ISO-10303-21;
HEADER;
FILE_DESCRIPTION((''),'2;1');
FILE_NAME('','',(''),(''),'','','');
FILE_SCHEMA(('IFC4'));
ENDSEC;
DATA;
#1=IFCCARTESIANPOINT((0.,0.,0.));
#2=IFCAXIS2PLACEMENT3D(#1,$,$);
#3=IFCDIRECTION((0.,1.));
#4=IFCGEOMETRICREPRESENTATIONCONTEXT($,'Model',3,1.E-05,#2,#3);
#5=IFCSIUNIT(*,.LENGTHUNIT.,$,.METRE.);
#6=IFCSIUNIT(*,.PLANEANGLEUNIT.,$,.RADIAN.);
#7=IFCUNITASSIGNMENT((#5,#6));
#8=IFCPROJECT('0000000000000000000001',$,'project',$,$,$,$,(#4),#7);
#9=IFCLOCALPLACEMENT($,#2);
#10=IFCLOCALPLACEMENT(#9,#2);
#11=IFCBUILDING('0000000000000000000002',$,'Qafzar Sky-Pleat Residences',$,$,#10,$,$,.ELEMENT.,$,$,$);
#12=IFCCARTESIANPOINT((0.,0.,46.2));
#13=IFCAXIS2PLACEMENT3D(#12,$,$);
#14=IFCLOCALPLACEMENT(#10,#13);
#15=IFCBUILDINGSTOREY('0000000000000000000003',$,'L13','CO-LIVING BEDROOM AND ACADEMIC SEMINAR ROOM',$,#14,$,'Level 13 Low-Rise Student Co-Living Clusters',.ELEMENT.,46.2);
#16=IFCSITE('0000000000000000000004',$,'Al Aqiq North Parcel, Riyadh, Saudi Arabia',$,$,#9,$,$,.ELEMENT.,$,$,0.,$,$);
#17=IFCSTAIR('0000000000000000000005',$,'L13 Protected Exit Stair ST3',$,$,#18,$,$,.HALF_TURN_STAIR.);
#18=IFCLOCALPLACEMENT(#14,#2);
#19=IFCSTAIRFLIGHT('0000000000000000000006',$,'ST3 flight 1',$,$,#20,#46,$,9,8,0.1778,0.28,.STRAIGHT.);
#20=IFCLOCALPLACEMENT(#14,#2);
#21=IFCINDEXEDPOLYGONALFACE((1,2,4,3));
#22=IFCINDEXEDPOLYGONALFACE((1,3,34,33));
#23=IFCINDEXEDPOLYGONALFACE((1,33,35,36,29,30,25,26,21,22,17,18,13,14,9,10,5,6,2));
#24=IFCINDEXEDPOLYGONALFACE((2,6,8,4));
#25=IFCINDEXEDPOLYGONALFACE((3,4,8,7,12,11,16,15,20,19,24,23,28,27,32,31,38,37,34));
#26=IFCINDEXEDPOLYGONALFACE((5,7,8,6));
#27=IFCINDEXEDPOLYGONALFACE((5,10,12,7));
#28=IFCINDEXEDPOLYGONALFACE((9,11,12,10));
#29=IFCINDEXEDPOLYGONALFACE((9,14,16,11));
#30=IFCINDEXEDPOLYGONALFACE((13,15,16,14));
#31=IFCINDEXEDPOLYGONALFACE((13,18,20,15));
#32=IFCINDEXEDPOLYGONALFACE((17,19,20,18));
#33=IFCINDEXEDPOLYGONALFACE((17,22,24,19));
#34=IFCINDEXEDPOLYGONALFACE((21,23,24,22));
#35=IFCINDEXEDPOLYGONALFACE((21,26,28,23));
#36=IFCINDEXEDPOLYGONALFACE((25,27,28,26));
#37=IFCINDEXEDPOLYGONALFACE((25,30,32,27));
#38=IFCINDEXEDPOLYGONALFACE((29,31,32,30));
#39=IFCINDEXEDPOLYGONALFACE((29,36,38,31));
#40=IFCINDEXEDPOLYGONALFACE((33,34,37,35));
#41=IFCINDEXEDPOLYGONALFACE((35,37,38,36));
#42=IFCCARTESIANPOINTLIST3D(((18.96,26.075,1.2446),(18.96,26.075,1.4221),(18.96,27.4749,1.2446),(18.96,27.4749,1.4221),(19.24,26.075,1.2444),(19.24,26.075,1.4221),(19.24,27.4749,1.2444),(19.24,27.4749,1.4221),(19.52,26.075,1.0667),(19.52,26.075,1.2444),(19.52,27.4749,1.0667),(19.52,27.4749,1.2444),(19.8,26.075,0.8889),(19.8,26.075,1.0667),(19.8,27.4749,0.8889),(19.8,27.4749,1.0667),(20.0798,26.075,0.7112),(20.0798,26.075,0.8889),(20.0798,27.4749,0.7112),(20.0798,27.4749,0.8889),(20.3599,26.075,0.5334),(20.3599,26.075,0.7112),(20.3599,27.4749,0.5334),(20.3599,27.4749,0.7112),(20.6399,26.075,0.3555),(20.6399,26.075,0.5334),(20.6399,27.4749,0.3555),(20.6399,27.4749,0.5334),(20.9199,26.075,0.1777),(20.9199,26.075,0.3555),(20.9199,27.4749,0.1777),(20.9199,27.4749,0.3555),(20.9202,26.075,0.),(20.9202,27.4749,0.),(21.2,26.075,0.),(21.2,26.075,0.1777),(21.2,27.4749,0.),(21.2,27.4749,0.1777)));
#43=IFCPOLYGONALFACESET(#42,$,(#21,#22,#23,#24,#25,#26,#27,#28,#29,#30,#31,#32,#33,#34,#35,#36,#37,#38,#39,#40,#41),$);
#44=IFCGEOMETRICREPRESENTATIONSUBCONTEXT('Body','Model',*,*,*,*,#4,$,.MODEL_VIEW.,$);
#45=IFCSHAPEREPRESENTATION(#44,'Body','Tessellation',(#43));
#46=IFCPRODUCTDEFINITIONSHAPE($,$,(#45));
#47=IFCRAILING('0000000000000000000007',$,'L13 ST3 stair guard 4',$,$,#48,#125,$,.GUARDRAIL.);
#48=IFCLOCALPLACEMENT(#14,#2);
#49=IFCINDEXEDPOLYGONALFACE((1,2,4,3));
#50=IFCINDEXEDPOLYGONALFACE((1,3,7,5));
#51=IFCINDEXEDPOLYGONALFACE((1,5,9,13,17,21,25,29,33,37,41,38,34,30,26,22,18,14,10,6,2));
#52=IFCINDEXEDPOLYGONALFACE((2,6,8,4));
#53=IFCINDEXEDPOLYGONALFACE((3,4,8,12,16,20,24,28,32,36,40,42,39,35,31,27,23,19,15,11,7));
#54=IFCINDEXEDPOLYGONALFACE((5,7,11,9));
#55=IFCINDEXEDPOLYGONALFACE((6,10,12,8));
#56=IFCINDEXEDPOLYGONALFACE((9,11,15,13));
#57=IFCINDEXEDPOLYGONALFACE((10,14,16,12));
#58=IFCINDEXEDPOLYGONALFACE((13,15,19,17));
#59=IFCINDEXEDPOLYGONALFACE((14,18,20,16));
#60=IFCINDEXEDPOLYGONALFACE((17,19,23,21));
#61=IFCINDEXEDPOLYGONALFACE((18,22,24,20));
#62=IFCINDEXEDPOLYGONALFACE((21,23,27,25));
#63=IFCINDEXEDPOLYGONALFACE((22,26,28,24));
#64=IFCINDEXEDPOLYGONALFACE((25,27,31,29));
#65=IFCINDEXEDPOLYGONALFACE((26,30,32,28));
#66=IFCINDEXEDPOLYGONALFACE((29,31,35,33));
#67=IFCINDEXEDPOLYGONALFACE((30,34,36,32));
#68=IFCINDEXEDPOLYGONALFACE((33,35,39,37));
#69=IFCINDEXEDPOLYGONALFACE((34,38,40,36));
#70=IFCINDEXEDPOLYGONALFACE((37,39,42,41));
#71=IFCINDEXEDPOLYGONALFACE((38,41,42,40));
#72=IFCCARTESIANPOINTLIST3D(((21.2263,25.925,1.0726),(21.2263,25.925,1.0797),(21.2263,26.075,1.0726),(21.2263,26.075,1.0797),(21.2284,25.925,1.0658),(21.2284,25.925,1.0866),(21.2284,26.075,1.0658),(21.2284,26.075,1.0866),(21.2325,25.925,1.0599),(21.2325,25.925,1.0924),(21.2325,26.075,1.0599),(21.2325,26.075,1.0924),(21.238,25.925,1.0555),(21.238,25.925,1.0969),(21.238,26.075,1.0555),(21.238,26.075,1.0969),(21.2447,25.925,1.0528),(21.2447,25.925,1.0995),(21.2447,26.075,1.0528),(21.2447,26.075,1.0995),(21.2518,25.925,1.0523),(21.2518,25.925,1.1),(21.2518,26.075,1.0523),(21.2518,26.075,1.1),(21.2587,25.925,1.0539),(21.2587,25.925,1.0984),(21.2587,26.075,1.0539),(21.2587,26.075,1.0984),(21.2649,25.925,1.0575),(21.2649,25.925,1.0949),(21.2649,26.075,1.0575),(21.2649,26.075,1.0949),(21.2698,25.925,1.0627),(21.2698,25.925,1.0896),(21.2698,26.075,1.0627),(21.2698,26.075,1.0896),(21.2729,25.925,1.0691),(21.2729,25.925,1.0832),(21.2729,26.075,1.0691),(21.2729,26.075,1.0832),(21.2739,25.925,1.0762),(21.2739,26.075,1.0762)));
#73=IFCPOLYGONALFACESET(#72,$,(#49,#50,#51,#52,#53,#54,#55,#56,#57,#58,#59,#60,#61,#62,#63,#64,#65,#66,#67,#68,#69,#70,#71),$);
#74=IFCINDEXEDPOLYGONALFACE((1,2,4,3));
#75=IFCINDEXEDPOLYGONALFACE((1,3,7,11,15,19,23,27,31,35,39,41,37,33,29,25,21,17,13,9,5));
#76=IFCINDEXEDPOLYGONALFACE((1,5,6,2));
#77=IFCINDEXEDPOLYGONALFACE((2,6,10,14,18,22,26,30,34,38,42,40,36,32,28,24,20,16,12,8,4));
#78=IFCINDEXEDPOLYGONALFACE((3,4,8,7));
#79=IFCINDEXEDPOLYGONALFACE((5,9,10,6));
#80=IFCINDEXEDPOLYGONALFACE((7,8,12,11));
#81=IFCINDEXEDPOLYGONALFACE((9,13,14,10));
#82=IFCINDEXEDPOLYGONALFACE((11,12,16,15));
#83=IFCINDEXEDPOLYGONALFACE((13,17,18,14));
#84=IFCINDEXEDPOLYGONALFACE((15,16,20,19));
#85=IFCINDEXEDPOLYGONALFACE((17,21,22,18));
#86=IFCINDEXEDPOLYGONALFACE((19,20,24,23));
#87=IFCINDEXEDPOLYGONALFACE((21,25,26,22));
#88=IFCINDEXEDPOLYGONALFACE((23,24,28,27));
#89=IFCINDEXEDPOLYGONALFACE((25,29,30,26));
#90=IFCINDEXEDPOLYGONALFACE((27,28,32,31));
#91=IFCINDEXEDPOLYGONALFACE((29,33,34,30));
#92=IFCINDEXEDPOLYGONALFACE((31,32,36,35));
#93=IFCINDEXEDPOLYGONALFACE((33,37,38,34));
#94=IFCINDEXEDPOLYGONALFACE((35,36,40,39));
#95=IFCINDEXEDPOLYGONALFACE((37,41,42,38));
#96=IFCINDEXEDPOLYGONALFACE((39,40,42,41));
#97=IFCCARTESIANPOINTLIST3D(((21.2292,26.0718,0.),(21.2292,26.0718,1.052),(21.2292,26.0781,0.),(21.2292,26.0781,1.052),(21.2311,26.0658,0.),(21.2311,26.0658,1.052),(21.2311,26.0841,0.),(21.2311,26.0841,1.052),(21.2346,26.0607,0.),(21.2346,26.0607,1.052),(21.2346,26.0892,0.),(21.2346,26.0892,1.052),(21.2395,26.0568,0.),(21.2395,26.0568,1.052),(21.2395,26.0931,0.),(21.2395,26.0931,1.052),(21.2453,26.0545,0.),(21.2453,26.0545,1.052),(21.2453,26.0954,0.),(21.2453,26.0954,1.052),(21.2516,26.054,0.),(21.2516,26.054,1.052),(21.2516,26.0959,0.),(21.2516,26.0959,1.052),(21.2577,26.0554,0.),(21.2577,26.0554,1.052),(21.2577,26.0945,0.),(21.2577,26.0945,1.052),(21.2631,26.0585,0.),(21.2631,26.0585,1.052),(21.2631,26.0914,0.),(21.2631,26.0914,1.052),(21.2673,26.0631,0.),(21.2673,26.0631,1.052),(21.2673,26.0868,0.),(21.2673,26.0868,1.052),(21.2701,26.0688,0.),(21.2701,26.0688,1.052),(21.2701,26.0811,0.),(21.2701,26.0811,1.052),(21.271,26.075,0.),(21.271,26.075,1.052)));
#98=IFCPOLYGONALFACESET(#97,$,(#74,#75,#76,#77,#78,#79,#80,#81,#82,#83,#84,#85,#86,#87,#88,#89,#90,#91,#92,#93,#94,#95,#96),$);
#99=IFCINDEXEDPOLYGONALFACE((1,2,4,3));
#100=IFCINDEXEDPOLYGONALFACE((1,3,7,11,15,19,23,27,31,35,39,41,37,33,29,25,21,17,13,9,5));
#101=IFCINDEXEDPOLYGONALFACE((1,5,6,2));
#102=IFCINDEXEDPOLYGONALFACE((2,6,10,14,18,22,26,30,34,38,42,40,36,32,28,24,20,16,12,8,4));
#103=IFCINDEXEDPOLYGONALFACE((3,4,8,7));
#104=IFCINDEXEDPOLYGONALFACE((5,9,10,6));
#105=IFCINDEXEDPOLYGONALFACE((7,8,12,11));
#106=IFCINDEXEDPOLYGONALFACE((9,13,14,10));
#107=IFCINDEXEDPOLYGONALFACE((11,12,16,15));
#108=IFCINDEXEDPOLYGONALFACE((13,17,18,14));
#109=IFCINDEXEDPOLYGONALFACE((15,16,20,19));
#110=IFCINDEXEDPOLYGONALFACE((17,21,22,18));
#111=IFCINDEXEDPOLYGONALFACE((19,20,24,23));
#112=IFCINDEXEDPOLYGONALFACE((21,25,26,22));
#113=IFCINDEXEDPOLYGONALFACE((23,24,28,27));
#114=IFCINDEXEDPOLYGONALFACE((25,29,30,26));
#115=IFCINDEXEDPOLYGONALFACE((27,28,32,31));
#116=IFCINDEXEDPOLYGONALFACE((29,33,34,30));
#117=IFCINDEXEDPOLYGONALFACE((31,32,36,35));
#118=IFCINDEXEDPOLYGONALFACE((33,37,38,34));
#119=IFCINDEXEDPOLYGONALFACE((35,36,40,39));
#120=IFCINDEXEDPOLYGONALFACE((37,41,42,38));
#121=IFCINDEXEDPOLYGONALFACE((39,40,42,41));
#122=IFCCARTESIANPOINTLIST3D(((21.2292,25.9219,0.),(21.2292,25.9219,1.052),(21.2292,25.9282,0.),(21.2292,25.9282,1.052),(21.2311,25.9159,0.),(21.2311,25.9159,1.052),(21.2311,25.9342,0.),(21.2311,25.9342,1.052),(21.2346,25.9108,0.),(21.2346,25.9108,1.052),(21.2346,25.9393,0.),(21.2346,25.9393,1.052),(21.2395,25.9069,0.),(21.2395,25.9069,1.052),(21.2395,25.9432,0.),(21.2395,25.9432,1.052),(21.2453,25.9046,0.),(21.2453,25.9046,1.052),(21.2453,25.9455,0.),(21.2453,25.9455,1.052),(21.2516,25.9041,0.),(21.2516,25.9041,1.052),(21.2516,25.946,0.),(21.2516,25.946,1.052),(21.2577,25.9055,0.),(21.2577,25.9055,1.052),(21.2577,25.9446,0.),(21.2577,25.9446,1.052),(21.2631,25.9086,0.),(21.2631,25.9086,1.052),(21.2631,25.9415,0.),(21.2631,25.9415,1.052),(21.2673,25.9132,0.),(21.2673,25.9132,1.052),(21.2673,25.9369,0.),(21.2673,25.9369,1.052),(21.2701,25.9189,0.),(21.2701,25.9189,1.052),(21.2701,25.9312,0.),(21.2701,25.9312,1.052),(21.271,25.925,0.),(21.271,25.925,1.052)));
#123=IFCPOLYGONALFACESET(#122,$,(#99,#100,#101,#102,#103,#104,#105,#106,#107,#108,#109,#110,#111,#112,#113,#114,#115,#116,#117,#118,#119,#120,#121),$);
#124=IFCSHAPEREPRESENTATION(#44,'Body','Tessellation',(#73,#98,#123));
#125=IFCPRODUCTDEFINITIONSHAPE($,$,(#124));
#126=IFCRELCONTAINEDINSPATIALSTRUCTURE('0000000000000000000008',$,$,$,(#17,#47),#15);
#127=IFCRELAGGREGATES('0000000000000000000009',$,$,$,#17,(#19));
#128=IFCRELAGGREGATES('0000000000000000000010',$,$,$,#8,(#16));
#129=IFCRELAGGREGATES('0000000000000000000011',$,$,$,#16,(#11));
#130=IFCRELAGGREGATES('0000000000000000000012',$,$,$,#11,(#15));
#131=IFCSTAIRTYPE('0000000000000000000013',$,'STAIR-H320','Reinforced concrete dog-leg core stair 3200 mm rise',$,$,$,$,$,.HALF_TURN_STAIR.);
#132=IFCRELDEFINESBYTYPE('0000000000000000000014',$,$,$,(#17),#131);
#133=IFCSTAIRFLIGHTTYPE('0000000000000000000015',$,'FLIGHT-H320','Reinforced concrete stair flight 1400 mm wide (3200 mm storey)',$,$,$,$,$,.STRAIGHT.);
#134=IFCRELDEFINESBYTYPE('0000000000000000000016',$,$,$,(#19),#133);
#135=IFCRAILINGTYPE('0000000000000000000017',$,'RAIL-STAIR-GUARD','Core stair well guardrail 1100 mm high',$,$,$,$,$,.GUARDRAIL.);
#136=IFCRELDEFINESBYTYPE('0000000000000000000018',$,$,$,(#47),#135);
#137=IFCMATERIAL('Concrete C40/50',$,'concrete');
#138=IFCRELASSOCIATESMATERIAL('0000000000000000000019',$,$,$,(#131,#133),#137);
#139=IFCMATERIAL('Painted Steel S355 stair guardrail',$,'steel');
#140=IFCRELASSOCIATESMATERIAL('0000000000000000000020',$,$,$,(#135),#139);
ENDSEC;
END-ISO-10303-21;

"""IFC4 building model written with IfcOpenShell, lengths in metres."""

from ifc_helpers import new_model, si_unit, direction, frame, origin, origin_2d, place, context, subcontext, project, spatial, polyline, circle, outline, extrude, source, transform, mapped, material, type_object, element, aggregate, save


model = new_model("IFC4")

# Units and contexts
model_context = context("Model", 3, precision=1e-05, world=origin(), true_north=direction((0.0, 1.0)))
body_context = subcontext(model_context, "Body", "Model", "MODEL_VIEW")
ifc_project = project(units=[si_unit("LENGTHUNIT", "METRE"), si_unit("PLANEANGLEUNIT", "RADIAN")], contexts=[model_context])

# Site, building, storey
site_placement = place(None, origin())
site = spatial("IfcSite", under=ifc_project, at=site_placement, Name="Al Aqiq North Parcel, Riyadh, Saudi Arabia", CompositionType="ELEMENT", RefElevation=0.0)
building_placement = place(site_placement, origin())
building = spatial("IfcBuilding", under=site, at=building_placement, Name="Qafzar Sky-Pleat Residences", CompositionType="ELEMENT")
storey_placement = place(building_placement, frame((0.0, 0.0, 46.2)))
storey = spatial("IfcBuildingStorey", under=building, at=storey_placement, Name="L13", Description="CO-LIVING BEDROOM AND ACADEMIC SEMINAR ROOM", LongName="Level 13 Low-Rise Student Co-Living Clusters", CompositionType="ELEMENT", Elevation=46.2)

# Stair, stair flight
ifc_material_1 = material(Name="Concrete C40/50", Category="concrete")
stair_type = type_object("IfcStairType", Name="STAIR-H320", Description="Reinforced concrete dog-leg core stair 3200 mm rise", PredefinedType="HALF_TURN_STAIR", material=ifc_material_1)
stair_placement = place(storey_placement, origin())
stair = element("IfcStair", 1, at=stair_placement, inside=storey, type_object=stair_type, Name="L13 Protected Exit Stair ST3", PredefinedType="HALF_TURN_STAIR")
stair_flight_type = type_object("IfcStairFlightType", Name="FLIGHT-H320", Description="Reinforced concrete stair flight 1400 mm wide (3200 mm storey)", PredefinedType="STRAIGHT", material=ifc_material_1)
shared_shape_1 = source(origin(), body_context, "Body", "SweptSolid", [
    extrude(outline(polyline([(0.0, 0.0), (0.0, 0.1777), (0.28, 0.1777), (0.28, 0.3555), (0.5601, 0.3555), (0.5601, 0.5334), (0.8401, 0.5334), (0.8401, 0.7112), (1.1201, 0.7112), (1.1201, 0.8889), (1.3999, 0.8889), (1.3999, 1.0667), (1.6799, 1.0667), (1.6799, 1.2444), (1.96, 1.2444), (1.96, 1.4221), (2.24, 1.4221), (2.24, 1.6001), (2.24, 1.2446), (0.2798, 0.0), (0.0, 0.0)])), frame((0.0, 0.7, 0.0), z_axis=(0.0, -1.0, 0.0), x_axis=(1.0, 0.0, 0.0)), (0.0, 0.0, 1.0), 1.3999),
])
stair_flight_placement = place(storey_placement, frame((21.2, 26.7749, 0.0), z_axis=(0.0, 0.0, 1.0), x_axis=(-1.0, 0.0, 0.0)))
stair_flight = element("IfcStairFlight", 2, at=stair_flight_placement, type_object=stair_flight_type, Name="ST3 flight 1", NumberOfRisers=9, NumberOfTreads=8, PredefinedType="STRAIGHT", RiserHeight=0.1778, TreadLength=0.28, context=body_context, shape_type="MappedRepresentation", body=[
    mapped(shared_shape_1, transform((0.0, 0.0, 0.0), x_axis=(1.0, 0.0, 0.0), y_axis=(0.0, 1.0, 0.0), z_axis=(0.0, 0.0, 1.0), scale=1.0)),
])
aggregate(stair, [stair_flight])

# Railing
ifc_material_2 = material(Name="Painted Steel S355 stair guardrail", Category="steel")
railing_type_1 = type_object("IfcRailingType", Name="RAIL-STAIR-GUARD", Description="Core stair well guardrail 1100 mm high", PredefinedType="GUARDRAIL", material=ifc_material_2)
shared_shape_2 = source(origin(), body_context, "Body", "SweptSolid", [
    extrude(circle(Radius=0.0239, at=origin_2d()), frame((0.0, 0.0, 1.0762), z_axis=(0.0, -1.0, 0.0), x_axis=(1.0, 0.0, 0.0)), (0.0, 0.0, 1.0), 0.1499),
    extrude(circle(Radius=0.021, at=origin_2d()), origin(), (0.0, 0.0, 1.0), 1.052),
    extrude(circle(Radius=0.021, at=origin_2d()), frame((0.0, -0.1499, 0.0)), (0.0, 0.0, 1.0), 1.052),
])
railing_1_placement = place(storey_placement, frame((21.25, 26.075, 0.0)))
element("IfcRailing", 3, at=railing_1_placement, inside=storey, type_object=railing_type_1, Name="L13 ST3 stair guard 4", PredefinedType="GUARDRAIL", context=body_context, shape_type="MappedRepresentation", body=[
    mapped(shared_shape_2, transform((0.0, 0.0, 0.0), x_axis=(1.0, 0.0, 0.0), y_axis=(0.0, 1.0, 0.0), z_axis=(0.0, 0.0, 1.0), scale=1.0)),
])

save(model, "model.ifc")
